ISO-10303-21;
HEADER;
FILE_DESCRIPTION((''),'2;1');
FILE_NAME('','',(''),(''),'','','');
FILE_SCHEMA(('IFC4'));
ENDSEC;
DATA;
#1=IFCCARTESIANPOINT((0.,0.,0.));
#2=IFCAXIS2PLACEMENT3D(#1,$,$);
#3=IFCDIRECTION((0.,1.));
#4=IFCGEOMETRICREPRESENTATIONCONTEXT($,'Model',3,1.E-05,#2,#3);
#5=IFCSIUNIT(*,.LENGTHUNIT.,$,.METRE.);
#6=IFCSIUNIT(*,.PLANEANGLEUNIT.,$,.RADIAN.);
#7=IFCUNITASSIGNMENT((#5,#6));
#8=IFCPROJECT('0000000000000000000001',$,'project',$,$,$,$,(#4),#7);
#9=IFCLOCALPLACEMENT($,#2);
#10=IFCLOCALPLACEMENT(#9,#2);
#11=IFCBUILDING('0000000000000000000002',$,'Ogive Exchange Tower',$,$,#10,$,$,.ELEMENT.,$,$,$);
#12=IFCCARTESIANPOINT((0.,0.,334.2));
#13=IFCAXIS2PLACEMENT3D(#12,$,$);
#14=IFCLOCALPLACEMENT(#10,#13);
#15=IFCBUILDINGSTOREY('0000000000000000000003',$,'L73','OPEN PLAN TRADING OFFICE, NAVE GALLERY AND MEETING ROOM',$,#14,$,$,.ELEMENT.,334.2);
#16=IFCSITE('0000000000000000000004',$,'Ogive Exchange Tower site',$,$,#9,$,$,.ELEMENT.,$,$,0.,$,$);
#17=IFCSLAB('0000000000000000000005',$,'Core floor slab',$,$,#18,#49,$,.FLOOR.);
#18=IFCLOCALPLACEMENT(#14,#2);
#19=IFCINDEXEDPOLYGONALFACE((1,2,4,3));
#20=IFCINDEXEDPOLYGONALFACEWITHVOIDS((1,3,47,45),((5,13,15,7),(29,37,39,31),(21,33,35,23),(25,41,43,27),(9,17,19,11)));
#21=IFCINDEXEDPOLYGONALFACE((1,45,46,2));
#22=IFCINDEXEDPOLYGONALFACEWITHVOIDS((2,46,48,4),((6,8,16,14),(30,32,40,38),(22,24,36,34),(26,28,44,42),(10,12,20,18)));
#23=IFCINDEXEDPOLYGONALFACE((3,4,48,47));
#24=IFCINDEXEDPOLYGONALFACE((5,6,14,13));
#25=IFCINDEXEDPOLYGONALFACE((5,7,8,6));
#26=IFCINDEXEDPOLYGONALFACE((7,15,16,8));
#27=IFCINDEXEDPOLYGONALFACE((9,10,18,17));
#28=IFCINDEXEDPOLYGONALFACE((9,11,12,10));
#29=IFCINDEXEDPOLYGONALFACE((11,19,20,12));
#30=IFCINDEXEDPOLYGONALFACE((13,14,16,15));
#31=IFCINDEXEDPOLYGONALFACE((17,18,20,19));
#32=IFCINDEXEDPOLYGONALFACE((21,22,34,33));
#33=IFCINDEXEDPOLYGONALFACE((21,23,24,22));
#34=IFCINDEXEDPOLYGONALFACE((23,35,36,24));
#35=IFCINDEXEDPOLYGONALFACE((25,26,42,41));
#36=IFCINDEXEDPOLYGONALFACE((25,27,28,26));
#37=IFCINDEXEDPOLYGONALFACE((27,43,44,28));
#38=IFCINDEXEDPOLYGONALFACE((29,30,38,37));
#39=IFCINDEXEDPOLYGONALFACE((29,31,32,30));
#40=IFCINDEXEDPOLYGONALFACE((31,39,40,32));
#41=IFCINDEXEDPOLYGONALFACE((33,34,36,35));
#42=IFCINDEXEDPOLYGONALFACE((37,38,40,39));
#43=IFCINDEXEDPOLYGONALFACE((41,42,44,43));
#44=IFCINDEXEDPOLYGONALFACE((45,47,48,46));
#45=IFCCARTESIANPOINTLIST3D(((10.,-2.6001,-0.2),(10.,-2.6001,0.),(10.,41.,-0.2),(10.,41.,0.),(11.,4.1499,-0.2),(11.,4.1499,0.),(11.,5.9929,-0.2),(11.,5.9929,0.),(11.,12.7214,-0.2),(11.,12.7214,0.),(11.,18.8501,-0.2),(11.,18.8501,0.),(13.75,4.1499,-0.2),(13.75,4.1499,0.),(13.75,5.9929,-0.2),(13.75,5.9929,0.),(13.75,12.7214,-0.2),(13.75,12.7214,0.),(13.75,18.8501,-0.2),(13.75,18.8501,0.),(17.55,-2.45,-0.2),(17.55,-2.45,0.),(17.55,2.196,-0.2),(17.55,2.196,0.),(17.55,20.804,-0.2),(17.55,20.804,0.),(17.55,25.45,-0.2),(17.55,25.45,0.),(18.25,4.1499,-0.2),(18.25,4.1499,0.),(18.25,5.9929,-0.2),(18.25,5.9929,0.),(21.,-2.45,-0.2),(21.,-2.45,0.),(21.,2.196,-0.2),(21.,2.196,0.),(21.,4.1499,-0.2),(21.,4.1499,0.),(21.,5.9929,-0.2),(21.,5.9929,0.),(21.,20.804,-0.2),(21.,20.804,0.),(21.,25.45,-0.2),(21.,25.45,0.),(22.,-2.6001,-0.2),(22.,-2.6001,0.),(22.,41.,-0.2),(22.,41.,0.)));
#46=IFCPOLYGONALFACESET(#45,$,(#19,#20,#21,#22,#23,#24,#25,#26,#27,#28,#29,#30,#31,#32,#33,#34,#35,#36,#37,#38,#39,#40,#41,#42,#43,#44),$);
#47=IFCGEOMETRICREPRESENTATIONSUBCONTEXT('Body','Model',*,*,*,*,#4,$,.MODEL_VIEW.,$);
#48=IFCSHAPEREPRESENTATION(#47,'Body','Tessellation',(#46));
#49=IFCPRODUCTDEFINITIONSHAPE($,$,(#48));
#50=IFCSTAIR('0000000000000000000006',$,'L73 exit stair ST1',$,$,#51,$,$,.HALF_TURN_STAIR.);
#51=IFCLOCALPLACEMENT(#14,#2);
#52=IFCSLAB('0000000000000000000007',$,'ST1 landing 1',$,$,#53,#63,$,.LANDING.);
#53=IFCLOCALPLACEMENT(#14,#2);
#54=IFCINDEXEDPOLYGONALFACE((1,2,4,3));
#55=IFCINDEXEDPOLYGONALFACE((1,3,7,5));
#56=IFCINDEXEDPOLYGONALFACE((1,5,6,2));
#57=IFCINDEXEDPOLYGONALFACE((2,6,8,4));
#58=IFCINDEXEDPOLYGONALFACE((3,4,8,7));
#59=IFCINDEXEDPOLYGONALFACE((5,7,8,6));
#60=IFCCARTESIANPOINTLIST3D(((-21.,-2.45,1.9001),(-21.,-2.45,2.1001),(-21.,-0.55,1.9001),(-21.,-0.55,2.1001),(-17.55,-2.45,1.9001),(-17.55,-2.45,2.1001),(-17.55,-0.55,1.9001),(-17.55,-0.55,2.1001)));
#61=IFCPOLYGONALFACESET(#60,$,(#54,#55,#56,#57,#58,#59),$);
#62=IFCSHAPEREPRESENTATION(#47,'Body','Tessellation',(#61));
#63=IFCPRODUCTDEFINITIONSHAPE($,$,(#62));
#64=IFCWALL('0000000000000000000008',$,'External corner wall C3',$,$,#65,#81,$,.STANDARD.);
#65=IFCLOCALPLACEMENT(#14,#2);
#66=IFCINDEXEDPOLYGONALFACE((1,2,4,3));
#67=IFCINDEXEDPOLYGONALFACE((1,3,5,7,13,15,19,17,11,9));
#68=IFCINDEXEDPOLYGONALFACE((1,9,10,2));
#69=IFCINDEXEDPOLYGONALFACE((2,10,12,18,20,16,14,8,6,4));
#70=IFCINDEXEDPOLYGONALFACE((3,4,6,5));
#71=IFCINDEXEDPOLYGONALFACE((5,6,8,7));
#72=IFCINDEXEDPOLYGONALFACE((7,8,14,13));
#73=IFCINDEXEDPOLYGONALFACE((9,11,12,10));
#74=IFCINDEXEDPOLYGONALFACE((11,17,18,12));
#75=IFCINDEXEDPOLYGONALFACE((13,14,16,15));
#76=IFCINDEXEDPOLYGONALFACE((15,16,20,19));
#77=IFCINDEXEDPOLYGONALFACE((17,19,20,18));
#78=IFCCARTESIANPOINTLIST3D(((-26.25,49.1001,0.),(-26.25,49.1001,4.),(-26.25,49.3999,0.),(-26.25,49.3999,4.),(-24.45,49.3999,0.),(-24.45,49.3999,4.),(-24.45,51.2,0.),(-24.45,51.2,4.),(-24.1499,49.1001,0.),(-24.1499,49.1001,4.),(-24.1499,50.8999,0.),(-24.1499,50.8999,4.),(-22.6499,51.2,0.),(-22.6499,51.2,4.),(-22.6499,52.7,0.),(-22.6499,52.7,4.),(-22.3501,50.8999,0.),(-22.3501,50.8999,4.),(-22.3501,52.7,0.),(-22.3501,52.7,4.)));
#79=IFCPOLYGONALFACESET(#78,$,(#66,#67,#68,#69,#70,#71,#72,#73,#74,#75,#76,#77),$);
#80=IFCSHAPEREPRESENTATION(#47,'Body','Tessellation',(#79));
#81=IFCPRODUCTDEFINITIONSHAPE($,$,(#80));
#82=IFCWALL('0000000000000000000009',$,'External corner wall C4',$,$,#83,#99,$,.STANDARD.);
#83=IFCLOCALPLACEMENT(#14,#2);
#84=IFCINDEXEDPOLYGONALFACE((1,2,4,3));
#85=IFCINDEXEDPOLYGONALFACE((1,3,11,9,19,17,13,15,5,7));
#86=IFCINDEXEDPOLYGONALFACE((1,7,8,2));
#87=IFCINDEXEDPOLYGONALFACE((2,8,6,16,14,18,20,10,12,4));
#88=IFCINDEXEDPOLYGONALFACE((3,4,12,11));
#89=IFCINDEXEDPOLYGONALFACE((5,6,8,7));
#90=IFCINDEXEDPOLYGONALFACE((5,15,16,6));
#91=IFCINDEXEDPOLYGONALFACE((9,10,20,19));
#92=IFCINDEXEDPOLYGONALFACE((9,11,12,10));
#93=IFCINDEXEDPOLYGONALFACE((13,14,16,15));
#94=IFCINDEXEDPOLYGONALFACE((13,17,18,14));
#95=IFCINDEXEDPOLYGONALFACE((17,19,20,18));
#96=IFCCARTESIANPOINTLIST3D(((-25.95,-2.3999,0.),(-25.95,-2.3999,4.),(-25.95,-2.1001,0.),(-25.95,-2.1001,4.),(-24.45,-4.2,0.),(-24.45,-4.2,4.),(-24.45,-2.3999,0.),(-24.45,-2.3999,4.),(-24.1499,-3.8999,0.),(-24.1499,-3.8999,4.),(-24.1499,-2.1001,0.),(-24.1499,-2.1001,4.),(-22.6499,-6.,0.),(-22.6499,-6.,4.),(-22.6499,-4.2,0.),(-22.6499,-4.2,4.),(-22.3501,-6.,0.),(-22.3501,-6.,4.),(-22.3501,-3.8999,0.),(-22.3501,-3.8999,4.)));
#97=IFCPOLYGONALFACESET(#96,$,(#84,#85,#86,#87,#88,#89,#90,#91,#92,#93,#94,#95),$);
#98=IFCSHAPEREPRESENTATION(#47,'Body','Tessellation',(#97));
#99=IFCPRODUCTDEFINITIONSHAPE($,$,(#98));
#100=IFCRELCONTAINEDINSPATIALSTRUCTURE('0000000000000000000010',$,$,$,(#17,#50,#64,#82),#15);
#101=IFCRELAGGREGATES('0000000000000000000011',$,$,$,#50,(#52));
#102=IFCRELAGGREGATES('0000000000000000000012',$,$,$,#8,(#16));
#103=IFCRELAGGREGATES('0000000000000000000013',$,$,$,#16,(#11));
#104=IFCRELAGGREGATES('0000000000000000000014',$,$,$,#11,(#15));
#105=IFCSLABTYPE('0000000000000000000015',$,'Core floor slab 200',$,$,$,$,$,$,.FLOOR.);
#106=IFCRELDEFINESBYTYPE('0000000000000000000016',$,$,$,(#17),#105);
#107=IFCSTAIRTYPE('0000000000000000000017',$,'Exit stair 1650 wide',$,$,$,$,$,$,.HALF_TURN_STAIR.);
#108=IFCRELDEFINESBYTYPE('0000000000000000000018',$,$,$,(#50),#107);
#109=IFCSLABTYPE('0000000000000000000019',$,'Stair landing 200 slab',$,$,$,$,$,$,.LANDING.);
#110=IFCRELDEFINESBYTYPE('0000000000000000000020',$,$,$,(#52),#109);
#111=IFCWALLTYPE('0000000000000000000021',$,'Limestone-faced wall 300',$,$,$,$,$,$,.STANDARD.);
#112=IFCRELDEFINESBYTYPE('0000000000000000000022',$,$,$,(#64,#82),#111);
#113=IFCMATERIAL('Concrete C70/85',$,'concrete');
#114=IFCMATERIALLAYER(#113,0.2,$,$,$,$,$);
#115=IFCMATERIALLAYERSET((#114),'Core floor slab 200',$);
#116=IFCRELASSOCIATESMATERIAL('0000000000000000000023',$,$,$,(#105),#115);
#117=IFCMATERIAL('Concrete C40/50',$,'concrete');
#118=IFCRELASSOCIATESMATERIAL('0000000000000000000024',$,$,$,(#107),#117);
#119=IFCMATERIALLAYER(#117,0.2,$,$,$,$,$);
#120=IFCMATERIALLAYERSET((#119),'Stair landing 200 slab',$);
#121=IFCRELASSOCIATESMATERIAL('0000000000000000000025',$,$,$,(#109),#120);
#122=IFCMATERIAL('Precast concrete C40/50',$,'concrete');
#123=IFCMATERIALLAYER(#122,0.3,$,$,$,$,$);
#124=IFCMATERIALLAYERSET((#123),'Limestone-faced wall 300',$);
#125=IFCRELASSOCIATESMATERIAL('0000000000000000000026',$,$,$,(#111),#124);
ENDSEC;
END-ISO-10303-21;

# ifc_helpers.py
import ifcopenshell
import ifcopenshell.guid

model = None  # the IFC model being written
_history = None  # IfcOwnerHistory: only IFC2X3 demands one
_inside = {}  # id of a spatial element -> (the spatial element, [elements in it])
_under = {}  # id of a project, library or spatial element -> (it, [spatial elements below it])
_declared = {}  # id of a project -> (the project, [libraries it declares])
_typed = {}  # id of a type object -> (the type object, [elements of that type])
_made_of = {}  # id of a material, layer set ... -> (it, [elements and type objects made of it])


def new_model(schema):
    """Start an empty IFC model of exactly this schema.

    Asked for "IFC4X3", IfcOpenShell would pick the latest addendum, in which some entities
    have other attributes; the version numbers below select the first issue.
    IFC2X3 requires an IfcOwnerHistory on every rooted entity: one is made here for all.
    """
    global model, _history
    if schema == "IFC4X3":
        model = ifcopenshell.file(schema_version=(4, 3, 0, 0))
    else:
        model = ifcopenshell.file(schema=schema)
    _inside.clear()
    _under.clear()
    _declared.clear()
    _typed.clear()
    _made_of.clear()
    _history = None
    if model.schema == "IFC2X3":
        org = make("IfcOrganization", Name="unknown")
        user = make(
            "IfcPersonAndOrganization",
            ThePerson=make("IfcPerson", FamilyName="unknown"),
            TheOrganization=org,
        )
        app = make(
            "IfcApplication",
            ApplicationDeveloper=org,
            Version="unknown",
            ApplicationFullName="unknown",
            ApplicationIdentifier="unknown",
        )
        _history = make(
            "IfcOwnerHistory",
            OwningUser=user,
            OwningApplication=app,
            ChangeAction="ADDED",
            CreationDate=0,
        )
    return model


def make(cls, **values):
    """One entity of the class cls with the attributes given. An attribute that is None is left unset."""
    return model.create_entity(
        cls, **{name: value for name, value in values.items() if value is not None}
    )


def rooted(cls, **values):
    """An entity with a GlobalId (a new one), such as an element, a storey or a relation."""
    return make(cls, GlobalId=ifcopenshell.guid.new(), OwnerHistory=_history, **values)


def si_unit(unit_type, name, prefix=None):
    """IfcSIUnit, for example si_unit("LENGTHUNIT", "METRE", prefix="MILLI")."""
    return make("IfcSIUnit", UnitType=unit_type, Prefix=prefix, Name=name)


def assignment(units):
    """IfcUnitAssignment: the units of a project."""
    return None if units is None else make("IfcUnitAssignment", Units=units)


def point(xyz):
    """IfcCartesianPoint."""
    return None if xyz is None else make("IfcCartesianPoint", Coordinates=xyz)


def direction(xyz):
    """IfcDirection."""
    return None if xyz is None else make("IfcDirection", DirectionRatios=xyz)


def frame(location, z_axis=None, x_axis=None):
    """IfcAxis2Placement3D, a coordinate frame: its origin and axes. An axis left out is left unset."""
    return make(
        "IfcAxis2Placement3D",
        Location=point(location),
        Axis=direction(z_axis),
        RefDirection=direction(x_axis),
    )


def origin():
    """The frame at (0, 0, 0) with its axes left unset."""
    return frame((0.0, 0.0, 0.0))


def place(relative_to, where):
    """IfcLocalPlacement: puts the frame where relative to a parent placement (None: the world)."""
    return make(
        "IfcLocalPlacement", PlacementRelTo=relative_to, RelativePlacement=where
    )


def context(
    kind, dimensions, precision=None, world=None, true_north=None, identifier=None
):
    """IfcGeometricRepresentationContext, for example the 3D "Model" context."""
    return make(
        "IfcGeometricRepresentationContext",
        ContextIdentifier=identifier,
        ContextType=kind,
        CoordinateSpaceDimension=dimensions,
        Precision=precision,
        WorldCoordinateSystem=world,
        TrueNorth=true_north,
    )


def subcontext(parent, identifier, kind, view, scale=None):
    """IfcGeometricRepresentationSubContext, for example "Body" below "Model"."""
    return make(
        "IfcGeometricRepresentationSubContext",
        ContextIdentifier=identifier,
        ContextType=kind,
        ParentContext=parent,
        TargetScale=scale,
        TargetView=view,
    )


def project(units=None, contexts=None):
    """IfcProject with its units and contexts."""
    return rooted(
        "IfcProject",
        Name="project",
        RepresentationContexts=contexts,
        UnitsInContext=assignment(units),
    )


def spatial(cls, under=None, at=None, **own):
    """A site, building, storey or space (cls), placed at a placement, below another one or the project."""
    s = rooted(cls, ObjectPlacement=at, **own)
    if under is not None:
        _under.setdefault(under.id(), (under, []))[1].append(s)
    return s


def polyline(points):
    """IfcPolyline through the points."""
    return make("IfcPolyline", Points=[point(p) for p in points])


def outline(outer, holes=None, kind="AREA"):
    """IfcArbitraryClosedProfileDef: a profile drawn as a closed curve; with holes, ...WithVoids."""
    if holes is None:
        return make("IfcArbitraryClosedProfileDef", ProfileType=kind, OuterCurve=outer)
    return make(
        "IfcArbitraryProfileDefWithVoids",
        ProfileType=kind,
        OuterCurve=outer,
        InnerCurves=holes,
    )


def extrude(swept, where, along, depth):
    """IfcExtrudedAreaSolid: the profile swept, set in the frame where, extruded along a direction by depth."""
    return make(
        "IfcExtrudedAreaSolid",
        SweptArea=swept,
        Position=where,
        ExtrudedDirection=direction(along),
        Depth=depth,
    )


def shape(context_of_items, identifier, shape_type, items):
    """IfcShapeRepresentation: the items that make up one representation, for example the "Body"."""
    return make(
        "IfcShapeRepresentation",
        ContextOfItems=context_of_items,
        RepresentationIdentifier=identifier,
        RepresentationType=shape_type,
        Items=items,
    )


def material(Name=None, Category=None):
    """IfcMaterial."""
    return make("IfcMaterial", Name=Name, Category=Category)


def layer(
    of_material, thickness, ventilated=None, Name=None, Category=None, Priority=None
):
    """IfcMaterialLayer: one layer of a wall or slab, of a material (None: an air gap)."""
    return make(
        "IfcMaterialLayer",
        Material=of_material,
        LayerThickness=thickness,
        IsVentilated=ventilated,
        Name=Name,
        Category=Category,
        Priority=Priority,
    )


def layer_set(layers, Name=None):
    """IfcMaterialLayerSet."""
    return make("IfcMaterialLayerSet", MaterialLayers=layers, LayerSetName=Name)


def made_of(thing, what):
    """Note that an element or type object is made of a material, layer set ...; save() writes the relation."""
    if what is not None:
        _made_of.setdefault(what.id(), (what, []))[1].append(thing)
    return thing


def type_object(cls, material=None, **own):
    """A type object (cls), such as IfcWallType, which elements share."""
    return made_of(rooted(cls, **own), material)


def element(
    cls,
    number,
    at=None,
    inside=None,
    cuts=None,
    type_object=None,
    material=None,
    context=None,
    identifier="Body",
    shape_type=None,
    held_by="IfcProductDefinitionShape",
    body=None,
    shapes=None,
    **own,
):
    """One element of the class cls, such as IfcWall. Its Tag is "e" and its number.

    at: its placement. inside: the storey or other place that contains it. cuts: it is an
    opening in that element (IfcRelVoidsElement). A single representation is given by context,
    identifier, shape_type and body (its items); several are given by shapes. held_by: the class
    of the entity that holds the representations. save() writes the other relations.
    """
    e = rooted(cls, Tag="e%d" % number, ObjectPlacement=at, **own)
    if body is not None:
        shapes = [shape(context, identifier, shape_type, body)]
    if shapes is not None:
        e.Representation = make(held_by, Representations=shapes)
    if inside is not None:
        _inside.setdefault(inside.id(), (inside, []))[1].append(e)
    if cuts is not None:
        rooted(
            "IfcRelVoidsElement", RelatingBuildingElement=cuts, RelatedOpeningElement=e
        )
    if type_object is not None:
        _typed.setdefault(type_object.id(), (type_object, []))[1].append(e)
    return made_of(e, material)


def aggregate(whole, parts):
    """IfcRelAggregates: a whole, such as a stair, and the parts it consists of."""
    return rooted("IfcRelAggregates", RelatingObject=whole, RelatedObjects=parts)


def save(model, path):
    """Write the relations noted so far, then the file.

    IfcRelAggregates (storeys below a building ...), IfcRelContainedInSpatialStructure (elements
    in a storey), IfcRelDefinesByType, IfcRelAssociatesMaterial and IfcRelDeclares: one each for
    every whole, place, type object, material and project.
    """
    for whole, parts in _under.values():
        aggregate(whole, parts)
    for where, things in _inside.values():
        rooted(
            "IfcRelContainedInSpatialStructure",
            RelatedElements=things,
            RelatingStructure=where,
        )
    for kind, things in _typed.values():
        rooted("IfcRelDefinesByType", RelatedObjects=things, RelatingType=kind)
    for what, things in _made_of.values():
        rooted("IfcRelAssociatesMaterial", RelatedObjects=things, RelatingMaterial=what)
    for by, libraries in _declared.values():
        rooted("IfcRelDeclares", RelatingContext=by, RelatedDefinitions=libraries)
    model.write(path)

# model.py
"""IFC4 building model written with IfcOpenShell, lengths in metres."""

from ifc_helpers import new_model, si_unit, direction, frame, origin, place, context, subcontext, project, spatial, polyline, outline, extrude, material, layer, layer_set, type_object, element, aggregate, save


model = new_model("IFC4")

# Units and contexts
model_context = context("Model", 3, precision=1e-05, world=origin(), true_north=direction((0.0, 1.0)))
body_context = subcontext(model_context, "Body", "Model", "MODEL_VIEW")
ifc_project = project(units=[si_unit("LENGTHUNIT", "METRE"), si_unit("PLANEANGLEUNIT", "RADIAN")], contexts=[model_context])

# Site, building, storey
site_placement = place(None, origin())
site = spatial("IfcSite", under=ifc_project, at=site_placement, Name="Ogive Exchange Tower site", CompositionType="ELEMENT", RefElevation=0.0)
building_placement = place(site_placement, origin())
building = spatial("IfcBuilding", under=site, at=building_placement, Name="Ogive Exchange Tower", CompositionType="ELEMENT")
storey_placement = place(building_placement, frame((0.0, 0.0, 334.2)))
storey = spatial("IfcBuildingStorey", under=building, at=storey_placement, Name="L73", Description="OPEN PLAN TRADING OFFICE, NAVE GALLERY AND MEETING ROOM", CompositionType="ELEMENT", Elevation=334.2)

# Slab
ifc_material_1 = material(Name="Concrete C70/85", Category="concrete")
ifc_layer_1 = layer(ifc_material_1, 0.2)
ifc_layer_set_1 = layer_set([ifc_layer_1], Name="Core floor slab 200")
slab_type_1 = type_object("IfcSlabType", Name="Core floor slab 200", PredefinedType="FLOOR", material=ifc_layer_set_1)
slab_1_placement = place(storey_placement, frame((0.0, 0.0, -0.2)))
element("IfcSlab", 1, at=slab_1_placement, inside=storey, type_object=slab_type_1, Name="Core floor slab", PredefinedType="FLOOR", context=body_context, shape_type="SweptSolid", body=[
    extrude(outline(polyline([(10.0, -2.6001), (10.0, 41.0), (22.0, 41.0), (22.0, -2.6001), (10.0, -2.6001)]), holes=[polyline([(21.0, 2.196), (17.55, 2.196), (17.55, -2.45), (21.0, -2.45), (21.0, 2.196)]), polyline([(11.0, 5.9929), (11.0, 4.1499), (13.75, 4.1499), (13.75, 5.9929), (11.0, 5.9929)]), polyline([(18.25, 5.9929), (18.25, 4.1499), (21.0, 4.1499), (21.0, 5.9929), (18.25, 5.9929)]), polyline([(13.75, 18.8501), (11.0, 18.8501), (11.0, 12.7214), (13.75, 12.7214), (13.75, 18.8501)]), polyline([(17.55, 25.45), (17.55, 20.804), (21.0, 20.804), (21.0, 25.45), (17.55, 25.45)])]), origin(), (0.0, 0.0, 1.0), 0.2),
])

# Stair, slab
ifc_material_2 = material(Name="Concrete C40/50", Category="concrete")
stair_type = type_object("IfcStairType", Name="Exit stair 1650 wide", PredefinedType="HALF_TURN_STAIR", material=ifc_material_2)
stair_placement = place(storey_placement, origin())
stair = element("IfcStair", 2, at=stair_placement, inside=storey, type_object=stair_type, Name="L73 exit stair ST1", PredefinedType="HALF_TURN_STAIR")
ifc_layer_2 = layer(ifc_material_2, 0.2)
ifc_layer_set_2 = layer_set([ifc_layer_2], Name="Stair landing 200 slab")
slab_type_2 = type_object("IfcSlabType", Name="Stair landing 200 slab", PredefinedType="LANDING", material=ifc_layer_set_2)
slab_2_placement = place(storey_placement, frame((0.0, 0.0, 1.9001)))
slab_2 = element("IfcSlab", 3, at=slab_2_placement, type_object=slab_type_2, Name="ST1 landing 1", PredefinedType="LANDING", context=body_context, shape_type="SweptSolid", body=[
    extrude(outline(polyline([(-21.0, -0.55), (-21.0, -2.45), (-17.55, -2.45), (-17.55, -0.55), (-21.0, -0.55)])), origin(), (0.0, 0.0, 1.0), 0.2),
])
aggregate(stair, [slab_2])

# Walls
ifc_material_3 = material(Name="Precast concrete C40/50", Category="concrete")
ifc_layer_3 = layer(ifc_material_3, 0.3)
ifc_layer_set_3 = layer_set([ifc_layer_3], Name="Limestone-faced wall 300")
wall_type_1 = type_object("IfcWallType", Name="Limestone-faced wall 300", PredefinedType="STANDARD", material=ifc_layer_set_3)
wall_1_placement = place(storey_placement, origin())
element("IfcWall", 4, at=wall_1_placement, inside=storey, type_object=wall_type_1, Name="External corner wall C3", PredefinedType="STANDARD", context=body_context, shape_type="SweptSolid", body=[
    extrude(outline(polyline([(-24.45, 49.3999), (-24.45, 51.2), (-22.6499, 51.2), (-22.6499, 52.7), (-22.3501, 52.7), (-22.3501, 50.8999), (-24.1499, 50.8999), (-24.1499, 49.1001), (-26.25, 49.1001), (-26.25, 49.3999), (-24.45, 49.3999)])), origin(), (0.0, 0.0, 1.0), 4.0),
])
wall_2_placement = place(storey_placement, origin())
element("IfcWall", 5, at=wall_2_placement, inside=storey, type_object=wall_type_1, Name="External corner wall C4", PredefinedType="STANDARD", context=body_context, shape_type="SweptSolid", body=[
    extrude(outline(polyline([(-22.6499, -4.2), (-24.45, -4.2), (-24.45, -2.3999), (-25.95, -2.3999), (-25.95, -2.1001), (-24.1499, -2.1001), (-24.1499, -3.8999), (-22.3501, -3.8999), (-22.3501, -6.0), (-22.6499, -6.0), (-22.6499, -4.2)])), origin(), (0.0, 0.0, 1.0), 4.0),
])

save(model, "model.ifc")
